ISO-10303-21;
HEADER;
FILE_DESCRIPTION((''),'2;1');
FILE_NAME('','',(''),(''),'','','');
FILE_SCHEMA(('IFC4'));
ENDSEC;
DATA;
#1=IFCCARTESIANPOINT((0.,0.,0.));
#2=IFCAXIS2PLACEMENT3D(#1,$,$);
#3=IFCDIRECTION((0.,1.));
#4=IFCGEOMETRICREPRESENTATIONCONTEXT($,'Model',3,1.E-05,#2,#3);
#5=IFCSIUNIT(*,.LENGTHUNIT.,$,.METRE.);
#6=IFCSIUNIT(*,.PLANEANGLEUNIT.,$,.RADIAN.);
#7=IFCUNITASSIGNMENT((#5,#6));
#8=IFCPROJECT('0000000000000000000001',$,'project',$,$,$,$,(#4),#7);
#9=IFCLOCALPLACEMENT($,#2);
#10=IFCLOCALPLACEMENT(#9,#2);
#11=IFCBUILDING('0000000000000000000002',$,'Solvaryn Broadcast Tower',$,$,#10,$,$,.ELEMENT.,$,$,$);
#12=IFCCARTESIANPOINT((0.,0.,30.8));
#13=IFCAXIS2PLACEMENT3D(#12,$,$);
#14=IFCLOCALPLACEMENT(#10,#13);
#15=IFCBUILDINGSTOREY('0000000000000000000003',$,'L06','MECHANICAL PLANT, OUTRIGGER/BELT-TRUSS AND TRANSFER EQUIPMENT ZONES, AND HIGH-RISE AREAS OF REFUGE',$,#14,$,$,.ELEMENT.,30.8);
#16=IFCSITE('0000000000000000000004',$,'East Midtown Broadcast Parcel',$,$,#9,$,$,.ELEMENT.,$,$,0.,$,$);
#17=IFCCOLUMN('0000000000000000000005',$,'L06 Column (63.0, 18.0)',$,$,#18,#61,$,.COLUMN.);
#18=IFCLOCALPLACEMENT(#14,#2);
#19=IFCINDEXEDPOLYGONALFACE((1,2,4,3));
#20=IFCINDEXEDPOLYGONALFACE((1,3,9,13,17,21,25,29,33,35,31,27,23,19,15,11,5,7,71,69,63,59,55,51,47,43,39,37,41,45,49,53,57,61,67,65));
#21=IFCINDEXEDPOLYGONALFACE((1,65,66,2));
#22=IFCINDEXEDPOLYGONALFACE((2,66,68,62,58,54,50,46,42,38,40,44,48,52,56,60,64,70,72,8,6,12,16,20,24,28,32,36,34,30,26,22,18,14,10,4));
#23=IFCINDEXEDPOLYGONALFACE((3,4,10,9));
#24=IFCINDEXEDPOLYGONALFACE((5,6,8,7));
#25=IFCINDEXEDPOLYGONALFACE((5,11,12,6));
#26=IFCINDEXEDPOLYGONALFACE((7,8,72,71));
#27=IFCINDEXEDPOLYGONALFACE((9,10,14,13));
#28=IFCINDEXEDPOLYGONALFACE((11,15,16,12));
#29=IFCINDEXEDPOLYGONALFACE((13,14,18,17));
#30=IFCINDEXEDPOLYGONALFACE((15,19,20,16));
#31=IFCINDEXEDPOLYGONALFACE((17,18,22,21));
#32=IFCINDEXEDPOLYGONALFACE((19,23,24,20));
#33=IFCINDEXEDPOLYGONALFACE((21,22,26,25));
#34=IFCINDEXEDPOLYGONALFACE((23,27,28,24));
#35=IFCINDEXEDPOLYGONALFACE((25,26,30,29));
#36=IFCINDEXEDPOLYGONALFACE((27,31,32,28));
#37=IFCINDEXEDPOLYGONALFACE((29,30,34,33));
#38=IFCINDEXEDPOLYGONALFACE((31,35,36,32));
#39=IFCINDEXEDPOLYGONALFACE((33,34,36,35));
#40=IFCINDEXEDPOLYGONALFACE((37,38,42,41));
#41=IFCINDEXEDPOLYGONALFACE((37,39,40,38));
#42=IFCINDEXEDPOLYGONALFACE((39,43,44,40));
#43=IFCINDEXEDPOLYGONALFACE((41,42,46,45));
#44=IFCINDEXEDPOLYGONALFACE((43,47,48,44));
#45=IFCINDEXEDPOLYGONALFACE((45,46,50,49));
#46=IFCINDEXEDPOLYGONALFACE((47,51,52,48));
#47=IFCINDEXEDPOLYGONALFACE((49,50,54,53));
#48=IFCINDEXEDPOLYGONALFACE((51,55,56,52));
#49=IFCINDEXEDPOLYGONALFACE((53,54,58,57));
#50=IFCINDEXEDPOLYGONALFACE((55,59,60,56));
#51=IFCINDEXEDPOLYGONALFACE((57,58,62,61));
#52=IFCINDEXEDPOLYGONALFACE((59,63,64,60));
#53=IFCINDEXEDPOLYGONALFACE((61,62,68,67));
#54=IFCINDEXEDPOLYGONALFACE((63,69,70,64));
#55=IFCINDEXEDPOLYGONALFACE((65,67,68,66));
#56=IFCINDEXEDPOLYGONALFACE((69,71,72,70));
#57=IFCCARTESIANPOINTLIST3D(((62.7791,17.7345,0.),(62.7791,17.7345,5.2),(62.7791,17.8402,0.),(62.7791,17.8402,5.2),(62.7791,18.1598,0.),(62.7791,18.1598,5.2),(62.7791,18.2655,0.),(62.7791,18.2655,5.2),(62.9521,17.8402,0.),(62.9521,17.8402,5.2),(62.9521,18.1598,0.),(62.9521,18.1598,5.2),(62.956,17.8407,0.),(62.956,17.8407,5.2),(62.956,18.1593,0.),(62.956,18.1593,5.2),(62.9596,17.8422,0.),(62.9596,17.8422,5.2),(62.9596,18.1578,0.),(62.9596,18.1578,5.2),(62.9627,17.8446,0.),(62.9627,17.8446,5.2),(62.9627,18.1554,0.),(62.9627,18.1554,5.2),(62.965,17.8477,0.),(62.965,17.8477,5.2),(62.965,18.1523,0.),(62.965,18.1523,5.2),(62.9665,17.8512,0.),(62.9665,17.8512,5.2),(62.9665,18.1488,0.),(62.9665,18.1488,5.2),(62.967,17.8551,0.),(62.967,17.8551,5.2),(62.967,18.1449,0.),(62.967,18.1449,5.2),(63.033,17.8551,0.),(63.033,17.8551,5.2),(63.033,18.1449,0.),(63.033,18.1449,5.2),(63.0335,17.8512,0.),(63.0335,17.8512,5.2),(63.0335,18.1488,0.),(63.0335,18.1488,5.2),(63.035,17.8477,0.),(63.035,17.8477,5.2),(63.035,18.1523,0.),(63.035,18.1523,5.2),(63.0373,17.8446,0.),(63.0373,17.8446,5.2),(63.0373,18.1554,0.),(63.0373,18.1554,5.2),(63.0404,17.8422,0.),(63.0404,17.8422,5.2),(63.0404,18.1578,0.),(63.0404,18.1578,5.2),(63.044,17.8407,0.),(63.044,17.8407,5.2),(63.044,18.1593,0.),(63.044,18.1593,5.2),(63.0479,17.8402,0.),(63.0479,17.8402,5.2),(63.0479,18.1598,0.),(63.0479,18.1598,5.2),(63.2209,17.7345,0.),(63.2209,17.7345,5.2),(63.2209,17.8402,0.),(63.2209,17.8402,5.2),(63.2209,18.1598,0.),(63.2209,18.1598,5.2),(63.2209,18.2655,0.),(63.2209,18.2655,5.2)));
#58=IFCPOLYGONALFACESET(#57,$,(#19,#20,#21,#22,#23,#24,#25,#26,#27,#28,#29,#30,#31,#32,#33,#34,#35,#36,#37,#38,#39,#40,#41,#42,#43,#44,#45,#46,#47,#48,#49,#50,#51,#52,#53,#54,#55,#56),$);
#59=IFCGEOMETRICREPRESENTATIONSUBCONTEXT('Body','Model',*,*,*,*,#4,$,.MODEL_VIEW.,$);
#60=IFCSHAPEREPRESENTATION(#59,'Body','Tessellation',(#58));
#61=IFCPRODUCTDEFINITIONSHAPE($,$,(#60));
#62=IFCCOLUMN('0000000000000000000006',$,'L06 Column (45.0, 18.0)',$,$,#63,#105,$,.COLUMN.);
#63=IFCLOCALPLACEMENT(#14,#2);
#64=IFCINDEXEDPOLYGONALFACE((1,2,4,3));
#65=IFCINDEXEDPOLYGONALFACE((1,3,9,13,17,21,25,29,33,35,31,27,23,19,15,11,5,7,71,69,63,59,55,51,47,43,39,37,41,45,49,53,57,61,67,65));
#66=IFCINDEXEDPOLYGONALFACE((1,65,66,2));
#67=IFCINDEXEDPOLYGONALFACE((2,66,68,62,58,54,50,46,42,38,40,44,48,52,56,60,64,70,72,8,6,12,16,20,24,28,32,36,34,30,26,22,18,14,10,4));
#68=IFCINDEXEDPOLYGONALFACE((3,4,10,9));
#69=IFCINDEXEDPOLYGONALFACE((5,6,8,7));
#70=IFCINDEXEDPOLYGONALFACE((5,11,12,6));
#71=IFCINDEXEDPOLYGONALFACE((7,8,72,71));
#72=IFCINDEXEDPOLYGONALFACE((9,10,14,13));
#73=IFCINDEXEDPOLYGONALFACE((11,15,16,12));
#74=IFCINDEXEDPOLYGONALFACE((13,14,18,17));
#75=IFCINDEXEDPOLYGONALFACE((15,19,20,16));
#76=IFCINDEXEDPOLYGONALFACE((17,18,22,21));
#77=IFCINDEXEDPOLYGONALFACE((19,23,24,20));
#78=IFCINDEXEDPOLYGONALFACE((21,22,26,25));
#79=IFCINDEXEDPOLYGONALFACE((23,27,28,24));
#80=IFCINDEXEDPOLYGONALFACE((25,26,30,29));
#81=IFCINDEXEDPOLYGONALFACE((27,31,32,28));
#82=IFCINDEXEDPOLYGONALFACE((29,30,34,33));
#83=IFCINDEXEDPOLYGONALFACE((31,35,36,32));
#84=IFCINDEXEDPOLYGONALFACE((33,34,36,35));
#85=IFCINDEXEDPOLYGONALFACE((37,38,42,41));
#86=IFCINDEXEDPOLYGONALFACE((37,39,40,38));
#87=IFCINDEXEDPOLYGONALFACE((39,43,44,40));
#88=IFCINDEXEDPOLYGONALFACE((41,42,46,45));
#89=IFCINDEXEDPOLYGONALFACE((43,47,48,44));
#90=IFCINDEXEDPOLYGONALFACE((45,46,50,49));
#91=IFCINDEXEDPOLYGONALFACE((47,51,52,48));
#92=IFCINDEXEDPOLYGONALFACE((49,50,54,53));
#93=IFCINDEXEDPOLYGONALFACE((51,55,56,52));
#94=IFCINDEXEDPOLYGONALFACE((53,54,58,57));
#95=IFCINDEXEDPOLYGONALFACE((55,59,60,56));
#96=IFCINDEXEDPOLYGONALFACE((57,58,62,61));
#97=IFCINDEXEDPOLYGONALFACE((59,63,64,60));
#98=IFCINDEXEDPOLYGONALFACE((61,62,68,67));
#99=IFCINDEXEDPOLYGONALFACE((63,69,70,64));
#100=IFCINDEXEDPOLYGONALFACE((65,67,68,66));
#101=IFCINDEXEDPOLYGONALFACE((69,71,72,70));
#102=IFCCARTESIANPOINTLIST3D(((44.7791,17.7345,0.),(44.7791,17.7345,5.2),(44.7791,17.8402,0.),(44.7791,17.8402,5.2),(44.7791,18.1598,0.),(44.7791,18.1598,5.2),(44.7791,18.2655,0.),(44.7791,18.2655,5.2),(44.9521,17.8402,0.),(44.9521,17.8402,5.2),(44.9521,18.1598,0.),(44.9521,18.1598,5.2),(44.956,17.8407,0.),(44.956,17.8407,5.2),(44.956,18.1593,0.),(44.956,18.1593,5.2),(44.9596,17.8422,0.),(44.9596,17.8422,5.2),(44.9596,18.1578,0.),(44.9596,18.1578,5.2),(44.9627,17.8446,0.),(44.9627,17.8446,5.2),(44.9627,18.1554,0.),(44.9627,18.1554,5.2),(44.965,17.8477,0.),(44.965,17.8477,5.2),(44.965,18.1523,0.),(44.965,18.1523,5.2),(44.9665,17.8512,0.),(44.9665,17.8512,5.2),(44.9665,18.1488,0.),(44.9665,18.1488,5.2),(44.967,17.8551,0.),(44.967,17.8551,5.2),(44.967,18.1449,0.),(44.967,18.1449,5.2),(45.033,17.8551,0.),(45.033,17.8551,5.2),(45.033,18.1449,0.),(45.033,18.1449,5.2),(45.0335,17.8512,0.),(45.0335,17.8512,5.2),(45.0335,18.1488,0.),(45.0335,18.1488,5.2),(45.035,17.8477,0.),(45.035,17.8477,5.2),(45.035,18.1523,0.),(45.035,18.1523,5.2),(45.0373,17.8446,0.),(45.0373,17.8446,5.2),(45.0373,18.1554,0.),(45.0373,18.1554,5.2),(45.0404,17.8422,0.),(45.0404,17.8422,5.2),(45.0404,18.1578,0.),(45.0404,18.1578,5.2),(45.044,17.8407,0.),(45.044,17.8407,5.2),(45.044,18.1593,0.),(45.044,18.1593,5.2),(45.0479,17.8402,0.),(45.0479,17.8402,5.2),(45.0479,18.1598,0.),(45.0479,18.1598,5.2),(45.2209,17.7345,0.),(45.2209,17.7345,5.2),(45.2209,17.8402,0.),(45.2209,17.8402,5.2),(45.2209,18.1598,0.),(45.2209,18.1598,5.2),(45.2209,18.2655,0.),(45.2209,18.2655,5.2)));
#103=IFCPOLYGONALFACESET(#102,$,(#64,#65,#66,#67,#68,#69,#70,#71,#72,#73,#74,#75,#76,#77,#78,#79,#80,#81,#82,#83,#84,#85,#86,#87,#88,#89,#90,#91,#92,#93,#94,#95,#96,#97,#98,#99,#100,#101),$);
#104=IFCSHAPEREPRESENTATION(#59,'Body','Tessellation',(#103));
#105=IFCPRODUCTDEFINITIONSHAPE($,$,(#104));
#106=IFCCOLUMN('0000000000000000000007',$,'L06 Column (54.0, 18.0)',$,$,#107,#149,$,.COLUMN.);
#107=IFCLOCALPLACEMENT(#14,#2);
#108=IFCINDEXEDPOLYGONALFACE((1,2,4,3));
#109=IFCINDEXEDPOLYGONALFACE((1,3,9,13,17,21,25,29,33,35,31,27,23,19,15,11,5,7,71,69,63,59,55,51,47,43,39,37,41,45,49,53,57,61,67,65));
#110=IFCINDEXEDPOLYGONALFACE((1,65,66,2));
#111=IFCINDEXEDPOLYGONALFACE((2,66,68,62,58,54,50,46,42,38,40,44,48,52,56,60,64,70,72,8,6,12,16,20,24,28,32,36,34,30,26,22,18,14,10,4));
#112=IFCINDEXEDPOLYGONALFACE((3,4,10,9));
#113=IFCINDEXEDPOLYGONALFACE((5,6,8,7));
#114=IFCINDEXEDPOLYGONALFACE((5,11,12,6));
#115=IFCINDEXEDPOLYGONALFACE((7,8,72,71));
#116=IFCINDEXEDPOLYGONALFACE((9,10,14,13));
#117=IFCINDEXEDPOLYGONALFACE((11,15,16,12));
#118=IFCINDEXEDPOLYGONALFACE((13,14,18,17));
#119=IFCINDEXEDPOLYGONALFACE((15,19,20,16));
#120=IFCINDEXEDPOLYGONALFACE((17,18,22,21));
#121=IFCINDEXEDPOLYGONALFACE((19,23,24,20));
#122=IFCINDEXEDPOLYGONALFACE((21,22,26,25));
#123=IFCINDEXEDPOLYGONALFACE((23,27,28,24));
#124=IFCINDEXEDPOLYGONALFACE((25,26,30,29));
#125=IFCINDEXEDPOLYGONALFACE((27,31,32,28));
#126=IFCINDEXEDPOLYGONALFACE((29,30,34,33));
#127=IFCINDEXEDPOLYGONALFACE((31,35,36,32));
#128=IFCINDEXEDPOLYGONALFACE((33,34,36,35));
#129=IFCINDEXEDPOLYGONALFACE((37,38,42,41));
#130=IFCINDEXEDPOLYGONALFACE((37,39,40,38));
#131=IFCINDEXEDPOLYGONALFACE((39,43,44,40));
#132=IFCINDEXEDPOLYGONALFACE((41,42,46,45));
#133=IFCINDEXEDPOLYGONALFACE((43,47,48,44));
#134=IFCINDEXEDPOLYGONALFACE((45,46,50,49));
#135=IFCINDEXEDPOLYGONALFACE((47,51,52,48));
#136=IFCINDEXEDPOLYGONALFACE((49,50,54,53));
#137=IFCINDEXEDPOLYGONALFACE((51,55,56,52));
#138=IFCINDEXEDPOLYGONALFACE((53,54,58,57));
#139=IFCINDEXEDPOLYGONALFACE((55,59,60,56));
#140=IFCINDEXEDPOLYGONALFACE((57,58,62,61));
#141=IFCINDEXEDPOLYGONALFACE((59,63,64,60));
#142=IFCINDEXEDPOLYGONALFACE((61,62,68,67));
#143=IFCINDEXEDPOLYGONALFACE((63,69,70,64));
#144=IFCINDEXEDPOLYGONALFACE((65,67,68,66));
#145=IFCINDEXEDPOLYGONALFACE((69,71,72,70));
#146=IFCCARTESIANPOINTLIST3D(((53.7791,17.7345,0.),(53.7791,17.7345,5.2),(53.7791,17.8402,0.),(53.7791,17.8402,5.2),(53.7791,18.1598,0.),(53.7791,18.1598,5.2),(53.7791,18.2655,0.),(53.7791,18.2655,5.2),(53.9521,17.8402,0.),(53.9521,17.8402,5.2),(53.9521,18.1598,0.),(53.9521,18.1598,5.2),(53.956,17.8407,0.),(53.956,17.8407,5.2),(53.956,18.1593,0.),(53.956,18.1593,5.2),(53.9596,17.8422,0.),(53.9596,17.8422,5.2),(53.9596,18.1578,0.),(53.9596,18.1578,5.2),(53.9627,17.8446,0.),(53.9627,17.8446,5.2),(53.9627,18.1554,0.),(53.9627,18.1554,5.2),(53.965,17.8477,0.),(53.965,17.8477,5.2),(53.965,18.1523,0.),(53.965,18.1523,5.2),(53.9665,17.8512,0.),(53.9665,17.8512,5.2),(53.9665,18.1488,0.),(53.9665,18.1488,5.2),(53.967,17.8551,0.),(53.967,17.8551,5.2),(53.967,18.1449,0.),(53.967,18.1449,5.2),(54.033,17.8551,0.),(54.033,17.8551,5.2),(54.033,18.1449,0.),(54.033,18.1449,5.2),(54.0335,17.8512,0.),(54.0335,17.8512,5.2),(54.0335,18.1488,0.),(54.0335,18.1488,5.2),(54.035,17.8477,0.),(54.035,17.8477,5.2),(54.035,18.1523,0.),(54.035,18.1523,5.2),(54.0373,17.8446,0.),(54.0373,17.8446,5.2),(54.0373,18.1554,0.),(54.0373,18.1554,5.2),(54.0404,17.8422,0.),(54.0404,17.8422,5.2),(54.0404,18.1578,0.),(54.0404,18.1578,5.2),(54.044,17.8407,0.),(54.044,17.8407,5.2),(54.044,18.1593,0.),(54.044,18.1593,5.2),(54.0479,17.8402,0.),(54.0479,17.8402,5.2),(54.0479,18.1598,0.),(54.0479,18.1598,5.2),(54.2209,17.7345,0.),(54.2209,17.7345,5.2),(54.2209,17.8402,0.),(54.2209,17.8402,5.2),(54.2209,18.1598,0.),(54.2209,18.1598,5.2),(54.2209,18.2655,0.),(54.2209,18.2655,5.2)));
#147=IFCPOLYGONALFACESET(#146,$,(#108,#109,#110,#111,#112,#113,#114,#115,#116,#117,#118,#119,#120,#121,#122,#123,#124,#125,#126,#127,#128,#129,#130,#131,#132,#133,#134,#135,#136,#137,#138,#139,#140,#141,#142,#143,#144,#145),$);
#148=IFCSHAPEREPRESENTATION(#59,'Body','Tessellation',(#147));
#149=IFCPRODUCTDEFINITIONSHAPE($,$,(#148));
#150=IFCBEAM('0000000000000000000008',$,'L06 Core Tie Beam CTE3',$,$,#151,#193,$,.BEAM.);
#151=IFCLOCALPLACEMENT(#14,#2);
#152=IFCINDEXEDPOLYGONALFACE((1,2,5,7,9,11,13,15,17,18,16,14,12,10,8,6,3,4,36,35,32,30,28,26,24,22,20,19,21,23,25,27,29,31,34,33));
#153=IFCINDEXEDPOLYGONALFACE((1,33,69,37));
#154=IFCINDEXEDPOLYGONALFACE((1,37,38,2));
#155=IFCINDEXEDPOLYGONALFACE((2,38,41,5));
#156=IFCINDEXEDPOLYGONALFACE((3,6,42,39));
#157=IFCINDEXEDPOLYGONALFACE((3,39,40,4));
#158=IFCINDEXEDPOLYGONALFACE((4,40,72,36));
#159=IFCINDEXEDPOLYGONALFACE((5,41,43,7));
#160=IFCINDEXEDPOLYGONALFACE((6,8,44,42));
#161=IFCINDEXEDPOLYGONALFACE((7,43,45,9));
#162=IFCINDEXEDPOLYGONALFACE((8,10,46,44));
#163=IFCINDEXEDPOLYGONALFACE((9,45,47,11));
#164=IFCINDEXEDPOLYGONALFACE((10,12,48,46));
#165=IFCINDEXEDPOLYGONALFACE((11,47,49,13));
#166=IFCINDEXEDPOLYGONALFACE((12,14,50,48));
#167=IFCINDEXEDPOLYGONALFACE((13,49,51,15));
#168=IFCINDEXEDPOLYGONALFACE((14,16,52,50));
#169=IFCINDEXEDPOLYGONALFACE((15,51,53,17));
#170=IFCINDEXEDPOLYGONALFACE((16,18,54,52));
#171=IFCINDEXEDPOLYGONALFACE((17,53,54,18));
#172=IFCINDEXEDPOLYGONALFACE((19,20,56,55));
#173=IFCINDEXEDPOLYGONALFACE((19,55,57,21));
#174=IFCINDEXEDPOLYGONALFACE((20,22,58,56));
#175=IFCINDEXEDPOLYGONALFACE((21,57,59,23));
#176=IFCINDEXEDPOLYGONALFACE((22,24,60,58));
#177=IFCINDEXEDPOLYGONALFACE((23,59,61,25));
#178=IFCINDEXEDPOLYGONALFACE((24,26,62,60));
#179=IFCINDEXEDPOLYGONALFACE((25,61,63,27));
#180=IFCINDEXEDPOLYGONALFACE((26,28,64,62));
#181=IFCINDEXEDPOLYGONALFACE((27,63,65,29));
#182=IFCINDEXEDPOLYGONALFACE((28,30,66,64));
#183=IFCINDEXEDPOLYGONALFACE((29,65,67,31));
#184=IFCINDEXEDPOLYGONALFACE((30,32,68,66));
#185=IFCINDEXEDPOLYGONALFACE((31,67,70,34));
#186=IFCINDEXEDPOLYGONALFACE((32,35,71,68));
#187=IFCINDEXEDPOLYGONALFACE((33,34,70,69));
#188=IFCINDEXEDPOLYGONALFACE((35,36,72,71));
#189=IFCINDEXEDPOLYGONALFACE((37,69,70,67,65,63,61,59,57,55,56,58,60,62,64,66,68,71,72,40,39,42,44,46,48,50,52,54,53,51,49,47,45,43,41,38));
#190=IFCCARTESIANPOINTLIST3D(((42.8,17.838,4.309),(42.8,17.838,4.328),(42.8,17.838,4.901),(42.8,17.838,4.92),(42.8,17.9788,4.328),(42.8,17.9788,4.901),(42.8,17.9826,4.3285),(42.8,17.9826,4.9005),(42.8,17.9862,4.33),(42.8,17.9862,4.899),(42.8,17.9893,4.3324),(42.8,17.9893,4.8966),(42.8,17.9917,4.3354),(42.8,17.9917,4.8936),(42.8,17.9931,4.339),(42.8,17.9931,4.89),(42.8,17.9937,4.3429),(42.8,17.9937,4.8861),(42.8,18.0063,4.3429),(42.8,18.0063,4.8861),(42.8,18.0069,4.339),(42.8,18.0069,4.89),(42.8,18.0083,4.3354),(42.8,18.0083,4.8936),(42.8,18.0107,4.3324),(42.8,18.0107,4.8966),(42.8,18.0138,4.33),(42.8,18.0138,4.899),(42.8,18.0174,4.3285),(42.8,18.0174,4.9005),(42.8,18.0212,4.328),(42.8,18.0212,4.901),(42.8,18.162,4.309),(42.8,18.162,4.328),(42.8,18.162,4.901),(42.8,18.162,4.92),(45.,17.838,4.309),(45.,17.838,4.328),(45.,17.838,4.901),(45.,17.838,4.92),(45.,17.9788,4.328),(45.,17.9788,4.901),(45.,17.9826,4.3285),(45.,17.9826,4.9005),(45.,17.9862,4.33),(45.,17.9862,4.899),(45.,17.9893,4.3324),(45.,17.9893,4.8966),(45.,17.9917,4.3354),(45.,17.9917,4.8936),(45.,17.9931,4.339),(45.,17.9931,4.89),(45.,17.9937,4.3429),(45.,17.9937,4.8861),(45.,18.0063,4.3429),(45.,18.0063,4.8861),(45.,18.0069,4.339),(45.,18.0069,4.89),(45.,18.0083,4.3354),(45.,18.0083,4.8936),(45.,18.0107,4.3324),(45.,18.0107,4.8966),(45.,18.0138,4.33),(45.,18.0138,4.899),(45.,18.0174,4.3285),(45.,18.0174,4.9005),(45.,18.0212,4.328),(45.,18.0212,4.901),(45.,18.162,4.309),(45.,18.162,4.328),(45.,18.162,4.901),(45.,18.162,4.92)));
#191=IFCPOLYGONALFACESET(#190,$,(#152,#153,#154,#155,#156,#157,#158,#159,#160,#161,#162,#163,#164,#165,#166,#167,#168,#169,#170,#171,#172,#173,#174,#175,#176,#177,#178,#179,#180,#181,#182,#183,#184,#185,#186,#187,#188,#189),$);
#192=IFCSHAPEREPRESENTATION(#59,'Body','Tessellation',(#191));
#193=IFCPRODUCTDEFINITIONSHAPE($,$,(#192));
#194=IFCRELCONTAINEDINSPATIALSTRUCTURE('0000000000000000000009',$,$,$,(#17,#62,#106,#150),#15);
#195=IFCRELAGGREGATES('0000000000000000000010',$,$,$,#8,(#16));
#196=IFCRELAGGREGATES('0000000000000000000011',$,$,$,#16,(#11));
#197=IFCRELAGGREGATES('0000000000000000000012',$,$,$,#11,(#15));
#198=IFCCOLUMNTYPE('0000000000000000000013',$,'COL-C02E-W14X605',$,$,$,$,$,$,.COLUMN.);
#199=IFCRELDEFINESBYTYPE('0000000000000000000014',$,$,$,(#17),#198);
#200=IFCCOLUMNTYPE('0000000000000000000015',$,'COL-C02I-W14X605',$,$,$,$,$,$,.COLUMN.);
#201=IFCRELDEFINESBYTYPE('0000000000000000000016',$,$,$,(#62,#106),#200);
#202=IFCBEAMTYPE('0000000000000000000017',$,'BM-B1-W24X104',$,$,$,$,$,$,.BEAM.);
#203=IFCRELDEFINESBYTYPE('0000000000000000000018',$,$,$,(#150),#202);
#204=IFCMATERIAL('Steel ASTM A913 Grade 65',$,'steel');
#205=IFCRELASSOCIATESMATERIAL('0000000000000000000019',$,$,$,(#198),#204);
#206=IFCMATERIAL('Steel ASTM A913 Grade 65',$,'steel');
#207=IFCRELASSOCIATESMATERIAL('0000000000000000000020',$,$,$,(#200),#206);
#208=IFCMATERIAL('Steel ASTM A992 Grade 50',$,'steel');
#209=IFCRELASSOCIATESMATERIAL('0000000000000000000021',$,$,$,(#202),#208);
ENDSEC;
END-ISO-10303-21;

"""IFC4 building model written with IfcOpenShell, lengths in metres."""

from ifc_helpers import new_model, si_unit, direction, frame, origin, origin_2d, place, context, subcontext, project, spatial, i_section, extrude, material, material_profile, profile_set, type_object, element, save


model = new_model("IFC4")

# Units and contexts
model_context = context("Model", 3, precision=1e-05, world=origin(), true_north=direction((0.0, 1.0)))
body_context = subcontext(model_context, "Body", "Model", "MODEL_VIEW")
ifc_project = project(units=[si_unit("LENGTHUNIT", "METRE"), si_unit("PLANEANGLEUNIT", "RADIAN")], contexts=[model_context])

# Site, building, storey
site_placement = place(None, origin())
site = spatial("IfcSite", under=ifc_project, at=site_placement, Name="East Midtown Broadcast Parcel", CompositionType="ELEMENT", RefElevation=0.0)
building_placement = place(site_placement, origin())
building = spatial("IfcBuilding", under=site, at=building_placement, Name="Solvaryn Broadcast Tower", CompositionType="ELEMENT")
storey_placement = place(building_placement, frame((0.0, 0.0, 30.8)))
storey = spatial("IfcBuildingStorey", under=building, at=storey_placement, Name="L06", Description="MECHANICAL PLANT, OUTRIGGER/BELT-TRUSS AND TRANSFER EQUIPMENT ZONES, AND HIGH-RISE AREAS OF REFUGE", CompositionType="ELEMENT", Elevation=30.8)

# Columns
ifc_material_1 = material(Name="Steel ASTM A913 Grade 65", Category="steel")
ifc_material_profile_1 = material_profile(ifc_material_1, i_section(OverallWidth=0.4419, OverallDepth=0.531, WebThickness=0.0659, FlangeThickness=0.1057, FilletRadius=0.0149, at=origin_2d()))
ifc_profile_set_1 = profile_set([ifc_material_profile_1], Name="Steel ASTM A913 Grade 65")
column_type_1 = type_object("IfcColumnType", Name="COL-C02E-W14X605", PredefinedType="COLUMN", material=ifc_profile_set_1)
column_placement = place(storey_placement, frame((63.0, 18.0, 0.0), z_axis=(0.0, 0.0, 1.0), x_axis=(1.0, 0.0, 0.0)))
element("IfcColumn", 1, at=column_placement, inside=storey, type_object=column_type_1, Name="L06 Column (63.0, 18.0)", PredefinedType="COLUMN", context=body_context, shape_type="SweptSolid", body=[
    extrude(i_section(OverallWidth=0.4419, OverallDepth=0.531, WebThickness=0.0659, FlangeThickness=0.1057, FilletRadius=0.0149, at=origin_2d()), origin(), (0.0, 0.0, 1.0), 5.2),
])
ifc_material_2 = material(Name="Steel ASTM A913 Grade 65", Category="steel")
ifc_material_profile_2 = material_profile(ifc_material_2, i_section(OverallWidth=0.4419, OverallDepth=0.531, WebThickness=0.0659, FlangeThickness=0.1057, FilletRadius=0.0149, at=origin_2d()))
ifc_profile_set_2 = profile_set([ifc_material_profile_2], Name="Steel ASTM A913 Grade 65")
column_type_2 = type_object("IfcColumnType", Name="COL-C02I-W14X605", PredefinedType="COLUMN", material=ifc_profile_set_2)
for number, where, z_axis, x_axis, name in (
    (2, (45.0, 18.0, 0.0), (0.0, 0.0, 1.0), (1.0, 0.0, 0.0), "L06 Column (45.0, 18.0)"),
    (3, (54.0, 18.0, 0.0), (0.0, 0.0, 1.0), (1.0, 0.0, 0.0), "L06 Column (54.0, 18.0)"),
):
    element("IfcColumn", number, at=place(storey_placement, frame(where, z_axis=z_axis, x_axis=x_axis)), inside=storey, type_object=column_type_2, Name=name, PredefinedType="COLUMN", context=body_context, shape_type="SweptSolid", body=[
        extrude(i_section(OverallWidth=0.4419, OverallDepth=0.531, WebThickness=0.0659, FlangeThickness=0.1057, FilletRadius=0.0149, at=origin_2d()), origin(), (0.0, 0.0, 1.0), 5.2),
    ])

# Beam
ifc_material_3 = material(Name="Steel ASTM A992 Grade 50", Category="steel")
ifc_material_profile_3 = material_profile(ifc_material_3, i_section(OverallWidth=0.324, OverallDepth=0.6111, WebThickness=0.0127, FlangeThickness=0.019, FilletRadius=0.0149, at=origin_2d()))
ifc_profile_set_3 = profile_set([ifc_material_profile_3], Name="Steel ASTM A992 Grade 50")
beam_type_1 = type_object("IfcBeamType", Name="BM-B1-W24X104", PredefinedType="BEAM", material=ifc_profile_set_3)
beam_placement = place(storey_placement, frame((42.8, 18.0, 4.6145), z_axis=(1.0, 0.0, 0.0), x_axis=(0.0, 1.0, 0.0)))
element("IfcBeam", 4, at=beam_placement, inside=storey, type_object=beam_type_1, Name="L06 Core Tie Beam CTE3", PredefinedType="BEAM", context=body_context, shape_type="SweptSolid", body=[
    extrude(i_section(OverallWidth=0.324, OverallDepth=0.6111, WebThickness=0.0127, FlangeThickness=0.019, FilletRadius=0.0149, at=origin_2d()), origin(), (0.0, 0.0, 1.0), 2.2),
])

save(model, "model.ifc")
